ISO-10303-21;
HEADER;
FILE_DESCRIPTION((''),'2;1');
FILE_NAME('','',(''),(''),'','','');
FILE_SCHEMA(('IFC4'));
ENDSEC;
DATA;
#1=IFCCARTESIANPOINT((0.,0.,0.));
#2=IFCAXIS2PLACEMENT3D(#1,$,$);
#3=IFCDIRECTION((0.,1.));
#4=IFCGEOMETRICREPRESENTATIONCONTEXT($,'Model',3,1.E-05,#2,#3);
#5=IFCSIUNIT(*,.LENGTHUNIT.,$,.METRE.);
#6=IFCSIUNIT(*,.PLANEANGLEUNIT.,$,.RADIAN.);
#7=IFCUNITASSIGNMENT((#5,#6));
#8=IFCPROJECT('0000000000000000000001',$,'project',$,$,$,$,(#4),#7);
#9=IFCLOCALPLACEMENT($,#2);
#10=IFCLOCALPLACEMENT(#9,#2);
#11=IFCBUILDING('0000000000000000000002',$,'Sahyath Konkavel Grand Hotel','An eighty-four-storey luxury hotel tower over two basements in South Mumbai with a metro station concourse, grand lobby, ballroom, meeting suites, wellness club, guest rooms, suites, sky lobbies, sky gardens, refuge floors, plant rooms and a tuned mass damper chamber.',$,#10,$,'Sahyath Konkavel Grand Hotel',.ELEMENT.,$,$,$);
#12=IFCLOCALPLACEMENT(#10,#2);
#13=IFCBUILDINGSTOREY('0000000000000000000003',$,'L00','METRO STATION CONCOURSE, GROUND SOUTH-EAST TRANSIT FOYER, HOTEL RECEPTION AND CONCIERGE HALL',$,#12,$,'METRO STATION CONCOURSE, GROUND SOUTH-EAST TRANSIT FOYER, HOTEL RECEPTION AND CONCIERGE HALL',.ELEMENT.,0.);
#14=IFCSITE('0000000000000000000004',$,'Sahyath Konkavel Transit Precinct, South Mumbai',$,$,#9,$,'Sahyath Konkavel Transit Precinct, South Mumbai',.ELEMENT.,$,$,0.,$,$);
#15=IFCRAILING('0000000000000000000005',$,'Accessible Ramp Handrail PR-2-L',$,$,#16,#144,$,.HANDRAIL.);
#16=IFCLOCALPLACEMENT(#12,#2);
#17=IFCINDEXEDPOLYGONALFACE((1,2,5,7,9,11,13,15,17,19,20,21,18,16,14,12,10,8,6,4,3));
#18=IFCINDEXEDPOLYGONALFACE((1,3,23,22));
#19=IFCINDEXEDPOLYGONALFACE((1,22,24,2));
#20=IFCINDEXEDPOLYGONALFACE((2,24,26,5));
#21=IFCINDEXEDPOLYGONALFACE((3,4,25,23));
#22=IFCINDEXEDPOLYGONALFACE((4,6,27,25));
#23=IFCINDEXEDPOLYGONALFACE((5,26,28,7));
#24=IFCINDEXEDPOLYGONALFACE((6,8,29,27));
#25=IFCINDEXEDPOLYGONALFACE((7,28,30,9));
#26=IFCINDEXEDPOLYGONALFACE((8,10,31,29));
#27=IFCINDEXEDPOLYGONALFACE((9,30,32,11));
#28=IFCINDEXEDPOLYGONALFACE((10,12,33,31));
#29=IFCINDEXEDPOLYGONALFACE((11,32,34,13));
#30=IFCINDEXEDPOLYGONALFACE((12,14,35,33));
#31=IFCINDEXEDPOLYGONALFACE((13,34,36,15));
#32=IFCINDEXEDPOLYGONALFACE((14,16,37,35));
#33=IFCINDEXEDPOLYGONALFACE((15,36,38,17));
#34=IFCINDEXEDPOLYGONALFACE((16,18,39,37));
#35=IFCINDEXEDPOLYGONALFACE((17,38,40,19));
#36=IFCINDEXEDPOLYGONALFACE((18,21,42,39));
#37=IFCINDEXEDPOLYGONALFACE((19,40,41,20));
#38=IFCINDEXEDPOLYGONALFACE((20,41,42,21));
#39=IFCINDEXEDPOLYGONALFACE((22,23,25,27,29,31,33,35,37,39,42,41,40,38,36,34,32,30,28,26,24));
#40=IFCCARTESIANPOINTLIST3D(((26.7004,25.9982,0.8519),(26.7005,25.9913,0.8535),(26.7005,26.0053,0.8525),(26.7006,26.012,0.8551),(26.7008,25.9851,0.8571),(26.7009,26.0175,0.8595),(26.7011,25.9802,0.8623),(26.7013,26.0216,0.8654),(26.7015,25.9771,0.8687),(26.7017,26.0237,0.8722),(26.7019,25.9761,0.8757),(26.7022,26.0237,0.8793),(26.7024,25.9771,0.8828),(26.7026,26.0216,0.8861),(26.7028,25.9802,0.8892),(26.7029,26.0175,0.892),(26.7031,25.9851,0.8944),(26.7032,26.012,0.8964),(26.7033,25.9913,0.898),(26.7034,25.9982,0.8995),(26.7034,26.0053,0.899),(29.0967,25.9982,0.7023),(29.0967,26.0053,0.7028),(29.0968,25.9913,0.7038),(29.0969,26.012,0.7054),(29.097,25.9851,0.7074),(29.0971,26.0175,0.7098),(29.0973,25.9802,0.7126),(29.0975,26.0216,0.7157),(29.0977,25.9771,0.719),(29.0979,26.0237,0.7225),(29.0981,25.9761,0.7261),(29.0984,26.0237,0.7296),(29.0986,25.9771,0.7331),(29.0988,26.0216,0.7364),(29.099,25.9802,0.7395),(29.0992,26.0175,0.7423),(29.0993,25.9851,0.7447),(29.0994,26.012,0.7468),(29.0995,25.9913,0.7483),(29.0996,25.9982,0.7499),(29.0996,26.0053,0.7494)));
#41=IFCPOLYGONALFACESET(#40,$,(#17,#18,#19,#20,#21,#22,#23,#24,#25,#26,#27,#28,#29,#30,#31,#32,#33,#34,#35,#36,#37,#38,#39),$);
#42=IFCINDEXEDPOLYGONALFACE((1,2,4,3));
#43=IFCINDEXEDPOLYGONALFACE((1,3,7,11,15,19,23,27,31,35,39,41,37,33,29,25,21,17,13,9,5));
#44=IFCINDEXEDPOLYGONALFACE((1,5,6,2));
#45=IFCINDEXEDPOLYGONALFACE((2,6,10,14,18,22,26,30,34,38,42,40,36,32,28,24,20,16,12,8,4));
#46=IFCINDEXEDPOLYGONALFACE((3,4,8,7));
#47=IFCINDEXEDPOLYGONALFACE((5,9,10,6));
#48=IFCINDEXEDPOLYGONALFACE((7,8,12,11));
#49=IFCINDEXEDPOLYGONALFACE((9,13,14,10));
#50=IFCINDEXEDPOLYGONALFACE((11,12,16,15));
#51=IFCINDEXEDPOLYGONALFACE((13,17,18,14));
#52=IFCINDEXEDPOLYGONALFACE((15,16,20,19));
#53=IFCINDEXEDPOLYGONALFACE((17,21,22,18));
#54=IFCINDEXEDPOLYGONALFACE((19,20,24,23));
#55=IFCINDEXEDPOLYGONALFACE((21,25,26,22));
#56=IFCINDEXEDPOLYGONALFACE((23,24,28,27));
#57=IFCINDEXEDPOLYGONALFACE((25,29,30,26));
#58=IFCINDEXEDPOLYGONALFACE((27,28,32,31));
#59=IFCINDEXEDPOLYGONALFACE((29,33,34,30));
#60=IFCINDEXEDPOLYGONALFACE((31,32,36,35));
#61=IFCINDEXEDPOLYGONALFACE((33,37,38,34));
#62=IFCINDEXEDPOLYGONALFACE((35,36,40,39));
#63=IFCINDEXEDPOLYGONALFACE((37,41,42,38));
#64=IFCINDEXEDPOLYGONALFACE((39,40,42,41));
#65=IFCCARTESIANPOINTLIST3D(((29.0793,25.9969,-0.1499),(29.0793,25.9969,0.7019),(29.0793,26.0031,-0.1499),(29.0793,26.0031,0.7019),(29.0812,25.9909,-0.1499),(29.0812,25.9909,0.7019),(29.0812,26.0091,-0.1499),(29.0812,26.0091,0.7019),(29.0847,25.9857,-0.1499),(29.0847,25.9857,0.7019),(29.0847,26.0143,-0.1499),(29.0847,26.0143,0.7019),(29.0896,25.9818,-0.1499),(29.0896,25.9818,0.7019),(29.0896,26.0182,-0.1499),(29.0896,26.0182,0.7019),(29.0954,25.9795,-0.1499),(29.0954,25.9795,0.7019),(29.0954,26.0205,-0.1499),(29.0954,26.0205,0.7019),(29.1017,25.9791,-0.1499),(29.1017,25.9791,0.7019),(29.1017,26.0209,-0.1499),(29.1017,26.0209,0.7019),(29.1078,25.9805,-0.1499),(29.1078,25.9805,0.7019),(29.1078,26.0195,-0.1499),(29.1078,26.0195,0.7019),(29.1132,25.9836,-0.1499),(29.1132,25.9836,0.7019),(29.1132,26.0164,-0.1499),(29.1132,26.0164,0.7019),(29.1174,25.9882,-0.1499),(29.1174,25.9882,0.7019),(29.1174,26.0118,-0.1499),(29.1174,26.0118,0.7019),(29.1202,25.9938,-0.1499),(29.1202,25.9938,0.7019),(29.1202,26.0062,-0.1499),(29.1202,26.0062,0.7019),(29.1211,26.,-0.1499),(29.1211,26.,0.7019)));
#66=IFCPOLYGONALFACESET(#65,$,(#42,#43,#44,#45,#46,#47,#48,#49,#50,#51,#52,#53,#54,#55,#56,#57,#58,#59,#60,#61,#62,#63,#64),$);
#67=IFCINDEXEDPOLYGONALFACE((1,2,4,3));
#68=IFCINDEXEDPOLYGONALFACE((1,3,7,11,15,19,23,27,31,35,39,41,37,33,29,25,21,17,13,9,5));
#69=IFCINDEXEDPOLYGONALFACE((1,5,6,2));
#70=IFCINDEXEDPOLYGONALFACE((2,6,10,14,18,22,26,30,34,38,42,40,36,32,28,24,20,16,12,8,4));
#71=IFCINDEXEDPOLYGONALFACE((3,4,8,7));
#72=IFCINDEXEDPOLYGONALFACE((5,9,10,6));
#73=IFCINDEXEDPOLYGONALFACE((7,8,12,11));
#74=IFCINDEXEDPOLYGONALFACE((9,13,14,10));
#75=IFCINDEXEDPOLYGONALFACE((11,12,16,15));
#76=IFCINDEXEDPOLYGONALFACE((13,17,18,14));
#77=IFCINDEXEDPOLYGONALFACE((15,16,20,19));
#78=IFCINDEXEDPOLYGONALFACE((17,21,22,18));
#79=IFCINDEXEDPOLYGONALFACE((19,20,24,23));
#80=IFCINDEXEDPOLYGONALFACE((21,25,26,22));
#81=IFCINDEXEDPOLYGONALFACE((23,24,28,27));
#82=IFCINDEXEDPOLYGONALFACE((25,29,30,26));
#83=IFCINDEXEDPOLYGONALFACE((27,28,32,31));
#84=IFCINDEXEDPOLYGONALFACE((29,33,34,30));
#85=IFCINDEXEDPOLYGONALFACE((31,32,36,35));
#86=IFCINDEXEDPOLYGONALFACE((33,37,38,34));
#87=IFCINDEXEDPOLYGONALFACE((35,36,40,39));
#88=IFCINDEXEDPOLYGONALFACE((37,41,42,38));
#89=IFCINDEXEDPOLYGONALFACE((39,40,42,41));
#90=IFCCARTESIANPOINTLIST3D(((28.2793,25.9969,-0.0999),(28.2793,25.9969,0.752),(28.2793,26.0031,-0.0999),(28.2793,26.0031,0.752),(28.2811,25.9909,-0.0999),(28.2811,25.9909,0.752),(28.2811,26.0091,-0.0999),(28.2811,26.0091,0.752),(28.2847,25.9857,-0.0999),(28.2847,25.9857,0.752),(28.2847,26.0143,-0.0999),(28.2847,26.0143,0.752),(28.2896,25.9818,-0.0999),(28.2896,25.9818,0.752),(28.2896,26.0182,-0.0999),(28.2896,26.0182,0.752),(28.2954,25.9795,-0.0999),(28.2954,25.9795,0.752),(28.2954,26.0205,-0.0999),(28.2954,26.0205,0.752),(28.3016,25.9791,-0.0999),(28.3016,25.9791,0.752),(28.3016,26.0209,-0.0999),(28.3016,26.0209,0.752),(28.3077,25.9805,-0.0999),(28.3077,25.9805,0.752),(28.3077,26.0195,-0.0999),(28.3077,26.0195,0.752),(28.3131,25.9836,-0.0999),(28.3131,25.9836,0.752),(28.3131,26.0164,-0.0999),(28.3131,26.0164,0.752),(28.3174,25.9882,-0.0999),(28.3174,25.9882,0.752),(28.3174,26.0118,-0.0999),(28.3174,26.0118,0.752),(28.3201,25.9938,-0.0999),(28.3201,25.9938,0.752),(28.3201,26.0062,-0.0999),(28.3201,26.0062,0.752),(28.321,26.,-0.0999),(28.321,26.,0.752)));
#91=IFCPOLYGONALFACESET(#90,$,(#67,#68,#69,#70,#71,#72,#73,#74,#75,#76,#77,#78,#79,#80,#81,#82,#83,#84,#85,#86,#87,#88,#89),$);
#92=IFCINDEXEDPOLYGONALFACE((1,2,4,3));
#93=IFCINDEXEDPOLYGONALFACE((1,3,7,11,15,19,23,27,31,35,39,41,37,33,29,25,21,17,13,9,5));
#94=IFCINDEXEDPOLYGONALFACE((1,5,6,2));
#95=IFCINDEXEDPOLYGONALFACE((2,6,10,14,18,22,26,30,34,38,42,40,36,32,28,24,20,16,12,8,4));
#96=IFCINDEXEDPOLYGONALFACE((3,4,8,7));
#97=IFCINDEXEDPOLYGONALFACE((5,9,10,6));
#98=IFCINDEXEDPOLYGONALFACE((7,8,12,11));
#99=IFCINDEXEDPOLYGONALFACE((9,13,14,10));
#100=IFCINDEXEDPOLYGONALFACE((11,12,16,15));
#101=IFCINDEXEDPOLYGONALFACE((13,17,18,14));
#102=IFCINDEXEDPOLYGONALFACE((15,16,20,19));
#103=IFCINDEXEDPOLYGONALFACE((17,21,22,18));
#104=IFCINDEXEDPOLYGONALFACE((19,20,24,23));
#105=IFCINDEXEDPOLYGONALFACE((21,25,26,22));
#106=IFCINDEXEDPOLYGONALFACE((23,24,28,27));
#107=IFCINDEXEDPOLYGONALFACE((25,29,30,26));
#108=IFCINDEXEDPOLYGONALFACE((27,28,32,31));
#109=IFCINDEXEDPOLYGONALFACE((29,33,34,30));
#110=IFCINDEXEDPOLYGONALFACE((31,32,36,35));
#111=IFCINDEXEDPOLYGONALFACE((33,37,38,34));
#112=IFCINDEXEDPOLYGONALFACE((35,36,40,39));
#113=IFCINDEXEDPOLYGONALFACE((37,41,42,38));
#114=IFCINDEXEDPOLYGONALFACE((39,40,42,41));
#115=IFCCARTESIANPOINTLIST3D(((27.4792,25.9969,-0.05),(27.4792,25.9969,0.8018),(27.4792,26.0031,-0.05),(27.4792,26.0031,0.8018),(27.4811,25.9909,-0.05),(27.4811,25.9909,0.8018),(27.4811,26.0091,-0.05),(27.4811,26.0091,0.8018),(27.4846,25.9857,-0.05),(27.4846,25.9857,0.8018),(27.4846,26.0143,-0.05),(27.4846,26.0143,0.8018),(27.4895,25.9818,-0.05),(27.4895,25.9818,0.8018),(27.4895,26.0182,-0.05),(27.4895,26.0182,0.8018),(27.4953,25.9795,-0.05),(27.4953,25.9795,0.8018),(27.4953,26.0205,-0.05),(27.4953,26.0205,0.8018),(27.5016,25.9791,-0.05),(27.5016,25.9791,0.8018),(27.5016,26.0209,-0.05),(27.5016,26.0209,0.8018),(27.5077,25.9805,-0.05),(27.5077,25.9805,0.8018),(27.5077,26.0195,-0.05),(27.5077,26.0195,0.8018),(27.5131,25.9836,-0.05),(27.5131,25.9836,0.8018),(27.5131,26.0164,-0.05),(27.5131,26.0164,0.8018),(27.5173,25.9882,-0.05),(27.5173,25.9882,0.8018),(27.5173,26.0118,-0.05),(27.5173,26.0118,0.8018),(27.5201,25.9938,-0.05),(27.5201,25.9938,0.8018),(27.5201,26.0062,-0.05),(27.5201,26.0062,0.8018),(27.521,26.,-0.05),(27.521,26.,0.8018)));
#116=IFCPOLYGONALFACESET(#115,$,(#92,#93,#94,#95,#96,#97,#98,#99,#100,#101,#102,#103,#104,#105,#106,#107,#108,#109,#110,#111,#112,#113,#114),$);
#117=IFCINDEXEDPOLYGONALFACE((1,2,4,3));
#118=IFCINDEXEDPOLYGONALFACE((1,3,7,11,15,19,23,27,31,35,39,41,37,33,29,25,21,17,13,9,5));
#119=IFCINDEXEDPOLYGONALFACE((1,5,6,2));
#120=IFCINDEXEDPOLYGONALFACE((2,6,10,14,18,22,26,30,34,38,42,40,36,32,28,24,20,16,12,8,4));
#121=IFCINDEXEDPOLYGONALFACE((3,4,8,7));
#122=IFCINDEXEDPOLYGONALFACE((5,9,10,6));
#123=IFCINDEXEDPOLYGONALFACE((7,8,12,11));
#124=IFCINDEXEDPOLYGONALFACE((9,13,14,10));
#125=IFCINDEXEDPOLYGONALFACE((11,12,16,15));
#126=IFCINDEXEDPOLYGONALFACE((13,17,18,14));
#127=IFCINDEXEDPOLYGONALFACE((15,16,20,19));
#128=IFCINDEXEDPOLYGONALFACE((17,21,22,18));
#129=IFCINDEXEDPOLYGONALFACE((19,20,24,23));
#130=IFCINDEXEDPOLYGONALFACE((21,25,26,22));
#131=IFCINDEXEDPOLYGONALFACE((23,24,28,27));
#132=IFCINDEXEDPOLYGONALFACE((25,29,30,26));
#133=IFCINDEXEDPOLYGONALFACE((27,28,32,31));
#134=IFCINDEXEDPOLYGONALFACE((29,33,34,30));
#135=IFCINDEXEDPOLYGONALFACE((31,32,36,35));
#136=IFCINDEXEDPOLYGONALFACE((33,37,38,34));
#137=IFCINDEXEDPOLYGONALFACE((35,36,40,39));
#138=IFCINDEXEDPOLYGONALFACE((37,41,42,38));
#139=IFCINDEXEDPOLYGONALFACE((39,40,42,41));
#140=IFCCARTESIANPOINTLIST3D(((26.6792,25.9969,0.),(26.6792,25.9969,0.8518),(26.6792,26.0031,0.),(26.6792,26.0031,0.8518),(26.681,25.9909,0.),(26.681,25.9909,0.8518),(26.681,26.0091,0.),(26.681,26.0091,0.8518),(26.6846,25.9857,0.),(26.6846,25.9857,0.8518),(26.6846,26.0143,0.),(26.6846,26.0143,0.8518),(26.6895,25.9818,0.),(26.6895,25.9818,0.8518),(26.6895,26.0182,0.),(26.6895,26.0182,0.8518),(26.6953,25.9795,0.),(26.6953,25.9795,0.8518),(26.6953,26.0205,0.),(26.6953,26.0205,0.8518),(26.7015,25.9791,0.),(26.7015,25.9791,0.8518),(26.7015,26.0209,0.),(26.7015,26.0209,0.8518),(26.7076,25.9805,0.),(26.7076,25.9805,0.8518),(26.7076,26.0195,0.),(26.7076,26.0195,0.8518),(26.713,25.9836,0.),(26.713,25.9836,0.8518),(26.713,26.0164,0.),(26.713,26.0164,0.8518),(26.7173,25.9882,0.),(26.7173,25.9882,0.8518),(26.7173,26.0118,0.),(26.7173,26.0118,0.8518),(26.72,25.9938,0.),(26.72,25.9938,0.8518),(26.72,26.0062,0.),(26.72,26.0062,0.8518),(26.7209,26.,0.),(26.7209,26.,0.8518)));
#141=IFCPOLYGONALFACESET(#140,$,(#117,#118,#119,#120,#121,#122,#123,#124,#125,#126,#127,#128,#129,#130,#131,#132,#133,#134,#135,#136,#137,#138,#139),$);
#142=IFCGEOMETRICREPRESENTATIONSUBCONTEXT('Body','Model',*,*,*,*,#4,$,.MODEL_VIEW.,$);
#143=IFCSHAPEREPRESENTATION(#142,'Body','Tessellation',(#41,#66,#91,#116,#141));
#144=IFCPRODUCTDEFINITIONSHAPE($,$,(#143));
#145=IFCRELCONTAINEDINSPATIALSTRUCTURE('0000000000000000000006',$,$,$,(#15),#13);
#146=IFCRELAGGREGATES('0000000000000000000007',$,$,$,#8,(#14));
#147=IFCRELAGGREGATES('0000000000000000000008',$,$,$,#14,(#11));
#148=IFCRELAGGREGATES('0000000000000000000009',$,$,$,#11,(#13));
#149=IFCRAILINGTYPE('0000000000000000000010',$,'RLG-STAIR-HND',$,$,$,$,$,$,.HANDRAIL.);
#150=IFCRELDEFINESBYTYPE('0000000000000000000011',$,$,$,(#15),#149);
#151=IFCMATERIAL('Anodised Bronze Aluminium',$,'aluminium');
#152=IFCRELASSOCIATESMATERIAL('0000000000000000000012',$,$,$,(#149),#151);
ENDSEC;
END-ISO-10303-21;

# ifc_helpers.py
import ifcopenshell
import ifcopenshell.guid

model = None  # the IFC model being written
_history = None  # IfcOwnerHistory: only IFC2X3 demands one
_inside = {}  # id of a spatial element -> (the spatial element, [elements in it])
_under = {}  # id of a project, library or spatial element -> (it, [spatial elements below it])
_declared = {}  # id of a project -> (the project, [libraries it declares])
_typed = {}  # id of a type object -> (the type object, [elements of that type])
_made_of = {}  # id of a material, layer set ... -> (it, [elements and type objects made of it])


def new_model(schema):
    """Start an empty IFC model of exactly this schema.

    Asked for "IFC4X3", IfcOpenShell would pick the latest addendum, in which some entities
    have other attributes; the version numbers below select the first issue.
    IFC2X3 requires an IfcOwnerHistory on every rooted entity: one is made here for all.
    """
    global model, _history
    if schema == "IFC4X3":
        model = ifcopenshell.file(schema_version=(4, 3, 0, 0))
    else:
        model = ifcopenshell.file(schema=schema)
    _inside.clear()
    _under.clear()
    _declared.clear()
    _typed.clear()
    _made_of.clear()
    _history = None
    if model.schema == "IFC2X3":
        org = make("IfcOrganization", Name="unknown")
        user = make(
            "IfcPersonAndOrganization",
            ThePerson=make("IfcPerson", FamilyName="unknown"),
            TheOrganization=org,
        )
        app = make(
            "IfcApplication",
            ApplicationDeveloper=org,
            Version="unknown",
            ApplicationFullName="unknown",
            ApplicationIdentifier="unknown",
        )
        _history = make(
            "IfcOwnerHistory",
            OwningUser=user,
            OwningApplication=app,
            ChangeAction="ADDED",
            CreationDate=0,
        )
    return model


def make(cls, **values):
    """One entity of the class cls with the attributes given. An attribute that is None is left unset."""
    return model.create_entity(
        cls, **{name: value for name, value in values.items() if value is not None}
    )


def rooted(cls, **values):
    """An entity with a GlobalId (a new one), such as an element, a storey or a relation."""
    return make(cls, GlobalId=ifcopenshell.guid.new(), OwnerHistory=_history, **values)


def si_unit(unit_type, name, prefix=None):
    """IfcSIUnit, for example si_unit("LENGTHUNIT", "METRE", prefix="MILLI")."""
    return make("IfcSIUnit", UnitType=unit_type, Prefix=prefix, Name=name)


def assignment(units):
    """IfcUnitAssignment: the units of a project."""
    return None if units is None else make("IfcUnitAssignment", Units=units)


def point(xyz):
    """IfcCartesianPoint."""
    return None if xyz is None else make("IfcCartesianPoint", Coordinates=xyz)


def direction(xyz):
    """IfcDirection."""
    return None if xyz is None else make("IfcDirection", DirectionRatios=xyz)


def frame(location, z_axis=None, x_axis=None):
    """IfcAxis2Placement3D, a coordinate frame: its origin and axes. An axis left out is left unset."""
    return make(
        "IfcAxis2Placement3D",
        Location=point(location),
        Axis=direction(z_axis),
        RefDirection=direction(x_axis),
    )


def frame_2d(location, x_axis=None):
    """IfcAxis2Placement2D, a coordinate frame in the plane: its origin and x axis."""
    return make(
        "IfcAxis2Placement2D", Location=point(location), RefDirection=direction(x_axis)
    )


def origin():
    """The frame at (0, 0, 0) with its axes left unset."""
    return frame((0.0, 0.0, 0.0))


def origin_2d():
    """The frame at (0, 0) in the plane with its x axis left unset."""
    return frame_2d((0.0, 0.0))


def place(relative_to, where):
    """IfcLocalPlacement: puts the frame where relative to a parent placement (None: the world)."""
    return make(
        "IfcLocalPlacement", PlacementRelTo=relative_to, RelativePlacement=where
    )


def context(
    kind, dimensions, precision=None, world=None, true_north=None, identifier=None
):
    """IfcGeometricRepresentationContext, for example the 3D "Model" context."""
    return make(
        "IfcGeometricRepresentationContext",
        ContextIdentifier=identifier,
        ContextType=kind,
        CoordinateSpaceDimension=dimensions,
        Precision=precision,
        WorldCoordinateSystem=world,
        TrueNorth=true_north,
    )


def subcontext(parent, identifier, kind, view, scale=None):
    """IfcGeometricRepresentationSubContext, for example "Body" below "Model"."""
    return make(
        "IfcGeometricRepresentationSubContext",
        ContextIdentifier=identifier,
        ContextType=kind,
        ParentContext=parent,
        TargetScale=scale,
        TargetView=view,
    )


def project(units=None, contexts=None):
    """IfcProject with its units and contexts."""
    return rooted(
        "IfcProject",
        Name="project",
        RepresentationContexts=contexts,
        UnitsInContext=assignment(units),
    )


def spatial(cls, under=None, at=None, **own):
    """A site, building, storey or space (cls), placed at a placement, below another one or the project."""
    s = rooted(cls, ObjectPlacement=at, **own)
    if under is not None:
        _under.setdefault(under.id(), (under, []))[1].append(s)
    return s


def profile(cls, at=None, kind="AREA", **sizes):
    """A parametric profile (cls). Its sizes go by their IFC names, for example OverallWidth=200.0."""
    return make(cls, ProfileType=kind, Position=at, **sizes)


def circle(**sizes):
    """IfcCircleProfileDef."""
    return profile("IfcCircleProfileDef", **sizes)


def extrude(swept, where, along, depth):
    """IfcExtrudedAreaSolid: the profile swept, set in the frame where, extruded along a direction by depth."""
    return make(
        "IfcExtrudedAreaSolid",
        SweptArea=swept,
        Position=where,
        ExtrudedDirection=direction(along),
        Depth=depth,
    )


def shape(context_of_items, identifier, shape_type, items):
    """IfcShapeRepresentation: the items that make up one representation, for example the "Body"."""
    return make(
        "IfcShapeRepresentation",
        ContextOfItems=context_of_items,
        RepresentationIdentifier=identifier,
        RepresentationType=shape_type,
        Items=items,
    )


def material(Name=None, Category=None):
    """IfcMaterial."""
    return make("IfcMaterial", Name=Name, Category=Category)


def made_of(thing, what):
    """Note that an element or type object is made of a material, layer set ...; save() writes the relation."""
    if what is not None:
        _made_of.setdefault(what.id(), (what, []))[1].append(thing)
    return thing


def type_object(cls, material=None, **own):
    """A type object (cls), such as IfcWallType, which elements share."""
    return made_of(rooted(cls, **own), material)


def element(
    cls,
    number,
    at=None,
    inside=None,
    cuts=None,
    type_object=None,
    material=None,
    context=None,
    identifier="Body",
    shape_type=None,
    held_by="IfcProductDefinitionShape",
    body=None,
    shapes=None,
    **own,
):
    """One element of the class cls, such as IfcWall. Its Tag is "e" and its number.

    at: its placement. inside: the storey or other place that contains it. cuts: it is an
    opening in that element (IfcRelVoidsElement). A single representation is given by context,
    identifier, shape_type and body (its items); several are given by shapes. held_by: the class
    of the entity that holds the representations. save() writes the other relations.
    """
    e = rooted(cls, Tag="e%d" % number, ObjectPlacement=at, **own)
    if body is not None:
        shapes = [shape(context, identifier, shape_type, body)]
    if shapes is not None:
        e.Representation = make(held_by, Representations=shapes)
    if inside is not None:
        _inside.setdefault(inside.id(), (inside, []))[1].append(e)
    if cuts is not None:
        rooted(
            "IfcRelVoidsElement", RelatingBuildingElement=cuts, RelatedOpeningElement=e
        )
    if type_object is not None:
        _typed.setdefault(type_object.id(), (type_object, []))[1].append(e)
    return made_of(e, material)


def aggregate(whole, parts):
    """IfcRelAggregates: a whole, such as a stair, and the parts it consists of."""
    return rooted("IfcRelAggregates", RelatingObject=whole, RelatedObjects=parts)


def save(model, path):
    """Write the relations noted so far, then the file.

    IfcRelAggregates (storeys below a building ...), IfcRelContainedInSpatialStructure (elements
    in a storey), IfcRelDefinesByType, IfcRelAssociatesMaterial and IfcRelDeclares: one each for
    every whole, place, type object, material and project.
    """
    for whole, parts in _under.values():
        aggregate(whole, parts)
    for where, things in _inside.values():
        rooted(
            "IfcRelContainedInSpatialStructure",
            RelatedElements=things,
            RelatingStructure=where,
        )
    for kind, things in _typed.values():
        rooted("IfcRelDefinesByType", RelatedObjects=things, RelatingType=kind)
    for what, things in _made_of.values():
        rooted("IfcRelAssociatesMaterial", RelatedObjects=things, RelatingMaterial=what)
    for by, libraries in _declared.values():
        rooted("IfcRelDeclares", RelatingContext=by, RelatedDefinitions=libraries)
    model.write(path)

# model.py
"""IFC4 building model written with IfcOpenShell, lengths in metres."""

from ifc_helpers import new_model, si_unit, direction, frame, origin, origin_2d, place, context, subcontext, project, spatial, circle, extrude, material, type_object, element, save


model = new_model("IFC4")

# Units and contexts
model_context = context("Model", 3, precision=1e-05, world=origin(), true_north=direction((0.0, 1.0)))
body_context = subcontext(model_context, "Body", "Model", "MODEL_VIEW")
ifc_project = project(units=[si_unit("LENGTHUNIT", "METRE"), si_unit("PLANEANGLEUNIT", "RADIAN")], contexts=[model_context])

# Site, building, storey
site_placement = place(None, origin())
site = spatial("IfcSite", under=ifc_project, at=site_placement, Name="Sahyath Konkavel Transit Precinct, South Mumbai", LongName="Sahyath Konkavel Transit Precinct, South Mumbai", CompositionType="ELEMENT", RefElevation=0.0)
building_placement = place(site_placement, origin())
building = spatial("IfcBuilding", under=site, at=building_placement, Name="Sahyath Konkavel Grand Hotel", Description="An eighty-four-storey luxury hotel tower over two basements in South Mumbai with a metro station concourse, grand lobby, ballroom, meeting suites, wellness club, guest rooms, suites, sky lobbies, sky gardens, refuge floors, plant rooms and a tuned mass damper chamber.", LongName="Sahyath Konkavel Grand Hotel", CompositionType="ELEMENT")
storey_placement = place(building_placement, origin())
storey = spatial("IfcBuildingStorey", under=building, at=storey_placement, Name="L00", Description="METRO STATION CONCOURSE, GROUND SOUTH-EAST TRANSIT FOYER, HOTEL RECEPTION AND CONCIERGE HALL", LongName="METRO STATION CONCOURSE, GROUND SOUTH-EAST TRANSIT FOYER, HOTEL RECEPTION AND CONCIERGE HALL", CompositionType="ELEMENT", Elevation=0.0)

# Railing
ifc_material_1 = material(Name="Anodised Bronze Aluminium", Category="aluminium")
railing_type_1 = type_object("IfcRailingType", Name="RLG-STAIR-HND", PredefinedType="HANDRAIL", material=ifc_material_1)
for number, where, name in (
    (1, (29.1001, 26.0, -0.1499), "Accessible Ramp Handrail PR-2-L"),
):
    element("IfcRailing", number, at=place(storey_placement, frame(where)), inside=storey, type_object=railing_type_1, Name=name, PredefinedType="HANDRAIL", context=body_context, shape_type="SweptSolid", body=[
        extrude(circle(Radius=0.0239, at=origin_2d()), frame((-0.002, 0.0, 0.876), z_axis=(-0.998055, 0.0, 0.062334), x_axis=(0.0, -1.0, 0.0)), (0.0, 0.0, 1.0), 2.4009),
        extrude(circle(Radius=0.021, at=origin_2d()), origin(), (0.0, 0.0, 1.0), 0.8518),
        extrude(circle(Radius=0.021, at=origin_2d()), frame((-0.8, 0.0, 0.05)), (0.0, 0.0, 1.0), 0.8518),
        extrude(circle(Radius=0.021, at=origin_2d()), frame((-1.6001, 0.0, 0.0999)), (0.0, 0.0, 1.0), 0.8518),
        extrude(circle(Radius=0.021, at=origin_2d()), frame((-2.4001, 0.0, 0.1499)), (0.0, 0.0, 1.0), 0.8518),
    ])

save(model, "model.ifc")
